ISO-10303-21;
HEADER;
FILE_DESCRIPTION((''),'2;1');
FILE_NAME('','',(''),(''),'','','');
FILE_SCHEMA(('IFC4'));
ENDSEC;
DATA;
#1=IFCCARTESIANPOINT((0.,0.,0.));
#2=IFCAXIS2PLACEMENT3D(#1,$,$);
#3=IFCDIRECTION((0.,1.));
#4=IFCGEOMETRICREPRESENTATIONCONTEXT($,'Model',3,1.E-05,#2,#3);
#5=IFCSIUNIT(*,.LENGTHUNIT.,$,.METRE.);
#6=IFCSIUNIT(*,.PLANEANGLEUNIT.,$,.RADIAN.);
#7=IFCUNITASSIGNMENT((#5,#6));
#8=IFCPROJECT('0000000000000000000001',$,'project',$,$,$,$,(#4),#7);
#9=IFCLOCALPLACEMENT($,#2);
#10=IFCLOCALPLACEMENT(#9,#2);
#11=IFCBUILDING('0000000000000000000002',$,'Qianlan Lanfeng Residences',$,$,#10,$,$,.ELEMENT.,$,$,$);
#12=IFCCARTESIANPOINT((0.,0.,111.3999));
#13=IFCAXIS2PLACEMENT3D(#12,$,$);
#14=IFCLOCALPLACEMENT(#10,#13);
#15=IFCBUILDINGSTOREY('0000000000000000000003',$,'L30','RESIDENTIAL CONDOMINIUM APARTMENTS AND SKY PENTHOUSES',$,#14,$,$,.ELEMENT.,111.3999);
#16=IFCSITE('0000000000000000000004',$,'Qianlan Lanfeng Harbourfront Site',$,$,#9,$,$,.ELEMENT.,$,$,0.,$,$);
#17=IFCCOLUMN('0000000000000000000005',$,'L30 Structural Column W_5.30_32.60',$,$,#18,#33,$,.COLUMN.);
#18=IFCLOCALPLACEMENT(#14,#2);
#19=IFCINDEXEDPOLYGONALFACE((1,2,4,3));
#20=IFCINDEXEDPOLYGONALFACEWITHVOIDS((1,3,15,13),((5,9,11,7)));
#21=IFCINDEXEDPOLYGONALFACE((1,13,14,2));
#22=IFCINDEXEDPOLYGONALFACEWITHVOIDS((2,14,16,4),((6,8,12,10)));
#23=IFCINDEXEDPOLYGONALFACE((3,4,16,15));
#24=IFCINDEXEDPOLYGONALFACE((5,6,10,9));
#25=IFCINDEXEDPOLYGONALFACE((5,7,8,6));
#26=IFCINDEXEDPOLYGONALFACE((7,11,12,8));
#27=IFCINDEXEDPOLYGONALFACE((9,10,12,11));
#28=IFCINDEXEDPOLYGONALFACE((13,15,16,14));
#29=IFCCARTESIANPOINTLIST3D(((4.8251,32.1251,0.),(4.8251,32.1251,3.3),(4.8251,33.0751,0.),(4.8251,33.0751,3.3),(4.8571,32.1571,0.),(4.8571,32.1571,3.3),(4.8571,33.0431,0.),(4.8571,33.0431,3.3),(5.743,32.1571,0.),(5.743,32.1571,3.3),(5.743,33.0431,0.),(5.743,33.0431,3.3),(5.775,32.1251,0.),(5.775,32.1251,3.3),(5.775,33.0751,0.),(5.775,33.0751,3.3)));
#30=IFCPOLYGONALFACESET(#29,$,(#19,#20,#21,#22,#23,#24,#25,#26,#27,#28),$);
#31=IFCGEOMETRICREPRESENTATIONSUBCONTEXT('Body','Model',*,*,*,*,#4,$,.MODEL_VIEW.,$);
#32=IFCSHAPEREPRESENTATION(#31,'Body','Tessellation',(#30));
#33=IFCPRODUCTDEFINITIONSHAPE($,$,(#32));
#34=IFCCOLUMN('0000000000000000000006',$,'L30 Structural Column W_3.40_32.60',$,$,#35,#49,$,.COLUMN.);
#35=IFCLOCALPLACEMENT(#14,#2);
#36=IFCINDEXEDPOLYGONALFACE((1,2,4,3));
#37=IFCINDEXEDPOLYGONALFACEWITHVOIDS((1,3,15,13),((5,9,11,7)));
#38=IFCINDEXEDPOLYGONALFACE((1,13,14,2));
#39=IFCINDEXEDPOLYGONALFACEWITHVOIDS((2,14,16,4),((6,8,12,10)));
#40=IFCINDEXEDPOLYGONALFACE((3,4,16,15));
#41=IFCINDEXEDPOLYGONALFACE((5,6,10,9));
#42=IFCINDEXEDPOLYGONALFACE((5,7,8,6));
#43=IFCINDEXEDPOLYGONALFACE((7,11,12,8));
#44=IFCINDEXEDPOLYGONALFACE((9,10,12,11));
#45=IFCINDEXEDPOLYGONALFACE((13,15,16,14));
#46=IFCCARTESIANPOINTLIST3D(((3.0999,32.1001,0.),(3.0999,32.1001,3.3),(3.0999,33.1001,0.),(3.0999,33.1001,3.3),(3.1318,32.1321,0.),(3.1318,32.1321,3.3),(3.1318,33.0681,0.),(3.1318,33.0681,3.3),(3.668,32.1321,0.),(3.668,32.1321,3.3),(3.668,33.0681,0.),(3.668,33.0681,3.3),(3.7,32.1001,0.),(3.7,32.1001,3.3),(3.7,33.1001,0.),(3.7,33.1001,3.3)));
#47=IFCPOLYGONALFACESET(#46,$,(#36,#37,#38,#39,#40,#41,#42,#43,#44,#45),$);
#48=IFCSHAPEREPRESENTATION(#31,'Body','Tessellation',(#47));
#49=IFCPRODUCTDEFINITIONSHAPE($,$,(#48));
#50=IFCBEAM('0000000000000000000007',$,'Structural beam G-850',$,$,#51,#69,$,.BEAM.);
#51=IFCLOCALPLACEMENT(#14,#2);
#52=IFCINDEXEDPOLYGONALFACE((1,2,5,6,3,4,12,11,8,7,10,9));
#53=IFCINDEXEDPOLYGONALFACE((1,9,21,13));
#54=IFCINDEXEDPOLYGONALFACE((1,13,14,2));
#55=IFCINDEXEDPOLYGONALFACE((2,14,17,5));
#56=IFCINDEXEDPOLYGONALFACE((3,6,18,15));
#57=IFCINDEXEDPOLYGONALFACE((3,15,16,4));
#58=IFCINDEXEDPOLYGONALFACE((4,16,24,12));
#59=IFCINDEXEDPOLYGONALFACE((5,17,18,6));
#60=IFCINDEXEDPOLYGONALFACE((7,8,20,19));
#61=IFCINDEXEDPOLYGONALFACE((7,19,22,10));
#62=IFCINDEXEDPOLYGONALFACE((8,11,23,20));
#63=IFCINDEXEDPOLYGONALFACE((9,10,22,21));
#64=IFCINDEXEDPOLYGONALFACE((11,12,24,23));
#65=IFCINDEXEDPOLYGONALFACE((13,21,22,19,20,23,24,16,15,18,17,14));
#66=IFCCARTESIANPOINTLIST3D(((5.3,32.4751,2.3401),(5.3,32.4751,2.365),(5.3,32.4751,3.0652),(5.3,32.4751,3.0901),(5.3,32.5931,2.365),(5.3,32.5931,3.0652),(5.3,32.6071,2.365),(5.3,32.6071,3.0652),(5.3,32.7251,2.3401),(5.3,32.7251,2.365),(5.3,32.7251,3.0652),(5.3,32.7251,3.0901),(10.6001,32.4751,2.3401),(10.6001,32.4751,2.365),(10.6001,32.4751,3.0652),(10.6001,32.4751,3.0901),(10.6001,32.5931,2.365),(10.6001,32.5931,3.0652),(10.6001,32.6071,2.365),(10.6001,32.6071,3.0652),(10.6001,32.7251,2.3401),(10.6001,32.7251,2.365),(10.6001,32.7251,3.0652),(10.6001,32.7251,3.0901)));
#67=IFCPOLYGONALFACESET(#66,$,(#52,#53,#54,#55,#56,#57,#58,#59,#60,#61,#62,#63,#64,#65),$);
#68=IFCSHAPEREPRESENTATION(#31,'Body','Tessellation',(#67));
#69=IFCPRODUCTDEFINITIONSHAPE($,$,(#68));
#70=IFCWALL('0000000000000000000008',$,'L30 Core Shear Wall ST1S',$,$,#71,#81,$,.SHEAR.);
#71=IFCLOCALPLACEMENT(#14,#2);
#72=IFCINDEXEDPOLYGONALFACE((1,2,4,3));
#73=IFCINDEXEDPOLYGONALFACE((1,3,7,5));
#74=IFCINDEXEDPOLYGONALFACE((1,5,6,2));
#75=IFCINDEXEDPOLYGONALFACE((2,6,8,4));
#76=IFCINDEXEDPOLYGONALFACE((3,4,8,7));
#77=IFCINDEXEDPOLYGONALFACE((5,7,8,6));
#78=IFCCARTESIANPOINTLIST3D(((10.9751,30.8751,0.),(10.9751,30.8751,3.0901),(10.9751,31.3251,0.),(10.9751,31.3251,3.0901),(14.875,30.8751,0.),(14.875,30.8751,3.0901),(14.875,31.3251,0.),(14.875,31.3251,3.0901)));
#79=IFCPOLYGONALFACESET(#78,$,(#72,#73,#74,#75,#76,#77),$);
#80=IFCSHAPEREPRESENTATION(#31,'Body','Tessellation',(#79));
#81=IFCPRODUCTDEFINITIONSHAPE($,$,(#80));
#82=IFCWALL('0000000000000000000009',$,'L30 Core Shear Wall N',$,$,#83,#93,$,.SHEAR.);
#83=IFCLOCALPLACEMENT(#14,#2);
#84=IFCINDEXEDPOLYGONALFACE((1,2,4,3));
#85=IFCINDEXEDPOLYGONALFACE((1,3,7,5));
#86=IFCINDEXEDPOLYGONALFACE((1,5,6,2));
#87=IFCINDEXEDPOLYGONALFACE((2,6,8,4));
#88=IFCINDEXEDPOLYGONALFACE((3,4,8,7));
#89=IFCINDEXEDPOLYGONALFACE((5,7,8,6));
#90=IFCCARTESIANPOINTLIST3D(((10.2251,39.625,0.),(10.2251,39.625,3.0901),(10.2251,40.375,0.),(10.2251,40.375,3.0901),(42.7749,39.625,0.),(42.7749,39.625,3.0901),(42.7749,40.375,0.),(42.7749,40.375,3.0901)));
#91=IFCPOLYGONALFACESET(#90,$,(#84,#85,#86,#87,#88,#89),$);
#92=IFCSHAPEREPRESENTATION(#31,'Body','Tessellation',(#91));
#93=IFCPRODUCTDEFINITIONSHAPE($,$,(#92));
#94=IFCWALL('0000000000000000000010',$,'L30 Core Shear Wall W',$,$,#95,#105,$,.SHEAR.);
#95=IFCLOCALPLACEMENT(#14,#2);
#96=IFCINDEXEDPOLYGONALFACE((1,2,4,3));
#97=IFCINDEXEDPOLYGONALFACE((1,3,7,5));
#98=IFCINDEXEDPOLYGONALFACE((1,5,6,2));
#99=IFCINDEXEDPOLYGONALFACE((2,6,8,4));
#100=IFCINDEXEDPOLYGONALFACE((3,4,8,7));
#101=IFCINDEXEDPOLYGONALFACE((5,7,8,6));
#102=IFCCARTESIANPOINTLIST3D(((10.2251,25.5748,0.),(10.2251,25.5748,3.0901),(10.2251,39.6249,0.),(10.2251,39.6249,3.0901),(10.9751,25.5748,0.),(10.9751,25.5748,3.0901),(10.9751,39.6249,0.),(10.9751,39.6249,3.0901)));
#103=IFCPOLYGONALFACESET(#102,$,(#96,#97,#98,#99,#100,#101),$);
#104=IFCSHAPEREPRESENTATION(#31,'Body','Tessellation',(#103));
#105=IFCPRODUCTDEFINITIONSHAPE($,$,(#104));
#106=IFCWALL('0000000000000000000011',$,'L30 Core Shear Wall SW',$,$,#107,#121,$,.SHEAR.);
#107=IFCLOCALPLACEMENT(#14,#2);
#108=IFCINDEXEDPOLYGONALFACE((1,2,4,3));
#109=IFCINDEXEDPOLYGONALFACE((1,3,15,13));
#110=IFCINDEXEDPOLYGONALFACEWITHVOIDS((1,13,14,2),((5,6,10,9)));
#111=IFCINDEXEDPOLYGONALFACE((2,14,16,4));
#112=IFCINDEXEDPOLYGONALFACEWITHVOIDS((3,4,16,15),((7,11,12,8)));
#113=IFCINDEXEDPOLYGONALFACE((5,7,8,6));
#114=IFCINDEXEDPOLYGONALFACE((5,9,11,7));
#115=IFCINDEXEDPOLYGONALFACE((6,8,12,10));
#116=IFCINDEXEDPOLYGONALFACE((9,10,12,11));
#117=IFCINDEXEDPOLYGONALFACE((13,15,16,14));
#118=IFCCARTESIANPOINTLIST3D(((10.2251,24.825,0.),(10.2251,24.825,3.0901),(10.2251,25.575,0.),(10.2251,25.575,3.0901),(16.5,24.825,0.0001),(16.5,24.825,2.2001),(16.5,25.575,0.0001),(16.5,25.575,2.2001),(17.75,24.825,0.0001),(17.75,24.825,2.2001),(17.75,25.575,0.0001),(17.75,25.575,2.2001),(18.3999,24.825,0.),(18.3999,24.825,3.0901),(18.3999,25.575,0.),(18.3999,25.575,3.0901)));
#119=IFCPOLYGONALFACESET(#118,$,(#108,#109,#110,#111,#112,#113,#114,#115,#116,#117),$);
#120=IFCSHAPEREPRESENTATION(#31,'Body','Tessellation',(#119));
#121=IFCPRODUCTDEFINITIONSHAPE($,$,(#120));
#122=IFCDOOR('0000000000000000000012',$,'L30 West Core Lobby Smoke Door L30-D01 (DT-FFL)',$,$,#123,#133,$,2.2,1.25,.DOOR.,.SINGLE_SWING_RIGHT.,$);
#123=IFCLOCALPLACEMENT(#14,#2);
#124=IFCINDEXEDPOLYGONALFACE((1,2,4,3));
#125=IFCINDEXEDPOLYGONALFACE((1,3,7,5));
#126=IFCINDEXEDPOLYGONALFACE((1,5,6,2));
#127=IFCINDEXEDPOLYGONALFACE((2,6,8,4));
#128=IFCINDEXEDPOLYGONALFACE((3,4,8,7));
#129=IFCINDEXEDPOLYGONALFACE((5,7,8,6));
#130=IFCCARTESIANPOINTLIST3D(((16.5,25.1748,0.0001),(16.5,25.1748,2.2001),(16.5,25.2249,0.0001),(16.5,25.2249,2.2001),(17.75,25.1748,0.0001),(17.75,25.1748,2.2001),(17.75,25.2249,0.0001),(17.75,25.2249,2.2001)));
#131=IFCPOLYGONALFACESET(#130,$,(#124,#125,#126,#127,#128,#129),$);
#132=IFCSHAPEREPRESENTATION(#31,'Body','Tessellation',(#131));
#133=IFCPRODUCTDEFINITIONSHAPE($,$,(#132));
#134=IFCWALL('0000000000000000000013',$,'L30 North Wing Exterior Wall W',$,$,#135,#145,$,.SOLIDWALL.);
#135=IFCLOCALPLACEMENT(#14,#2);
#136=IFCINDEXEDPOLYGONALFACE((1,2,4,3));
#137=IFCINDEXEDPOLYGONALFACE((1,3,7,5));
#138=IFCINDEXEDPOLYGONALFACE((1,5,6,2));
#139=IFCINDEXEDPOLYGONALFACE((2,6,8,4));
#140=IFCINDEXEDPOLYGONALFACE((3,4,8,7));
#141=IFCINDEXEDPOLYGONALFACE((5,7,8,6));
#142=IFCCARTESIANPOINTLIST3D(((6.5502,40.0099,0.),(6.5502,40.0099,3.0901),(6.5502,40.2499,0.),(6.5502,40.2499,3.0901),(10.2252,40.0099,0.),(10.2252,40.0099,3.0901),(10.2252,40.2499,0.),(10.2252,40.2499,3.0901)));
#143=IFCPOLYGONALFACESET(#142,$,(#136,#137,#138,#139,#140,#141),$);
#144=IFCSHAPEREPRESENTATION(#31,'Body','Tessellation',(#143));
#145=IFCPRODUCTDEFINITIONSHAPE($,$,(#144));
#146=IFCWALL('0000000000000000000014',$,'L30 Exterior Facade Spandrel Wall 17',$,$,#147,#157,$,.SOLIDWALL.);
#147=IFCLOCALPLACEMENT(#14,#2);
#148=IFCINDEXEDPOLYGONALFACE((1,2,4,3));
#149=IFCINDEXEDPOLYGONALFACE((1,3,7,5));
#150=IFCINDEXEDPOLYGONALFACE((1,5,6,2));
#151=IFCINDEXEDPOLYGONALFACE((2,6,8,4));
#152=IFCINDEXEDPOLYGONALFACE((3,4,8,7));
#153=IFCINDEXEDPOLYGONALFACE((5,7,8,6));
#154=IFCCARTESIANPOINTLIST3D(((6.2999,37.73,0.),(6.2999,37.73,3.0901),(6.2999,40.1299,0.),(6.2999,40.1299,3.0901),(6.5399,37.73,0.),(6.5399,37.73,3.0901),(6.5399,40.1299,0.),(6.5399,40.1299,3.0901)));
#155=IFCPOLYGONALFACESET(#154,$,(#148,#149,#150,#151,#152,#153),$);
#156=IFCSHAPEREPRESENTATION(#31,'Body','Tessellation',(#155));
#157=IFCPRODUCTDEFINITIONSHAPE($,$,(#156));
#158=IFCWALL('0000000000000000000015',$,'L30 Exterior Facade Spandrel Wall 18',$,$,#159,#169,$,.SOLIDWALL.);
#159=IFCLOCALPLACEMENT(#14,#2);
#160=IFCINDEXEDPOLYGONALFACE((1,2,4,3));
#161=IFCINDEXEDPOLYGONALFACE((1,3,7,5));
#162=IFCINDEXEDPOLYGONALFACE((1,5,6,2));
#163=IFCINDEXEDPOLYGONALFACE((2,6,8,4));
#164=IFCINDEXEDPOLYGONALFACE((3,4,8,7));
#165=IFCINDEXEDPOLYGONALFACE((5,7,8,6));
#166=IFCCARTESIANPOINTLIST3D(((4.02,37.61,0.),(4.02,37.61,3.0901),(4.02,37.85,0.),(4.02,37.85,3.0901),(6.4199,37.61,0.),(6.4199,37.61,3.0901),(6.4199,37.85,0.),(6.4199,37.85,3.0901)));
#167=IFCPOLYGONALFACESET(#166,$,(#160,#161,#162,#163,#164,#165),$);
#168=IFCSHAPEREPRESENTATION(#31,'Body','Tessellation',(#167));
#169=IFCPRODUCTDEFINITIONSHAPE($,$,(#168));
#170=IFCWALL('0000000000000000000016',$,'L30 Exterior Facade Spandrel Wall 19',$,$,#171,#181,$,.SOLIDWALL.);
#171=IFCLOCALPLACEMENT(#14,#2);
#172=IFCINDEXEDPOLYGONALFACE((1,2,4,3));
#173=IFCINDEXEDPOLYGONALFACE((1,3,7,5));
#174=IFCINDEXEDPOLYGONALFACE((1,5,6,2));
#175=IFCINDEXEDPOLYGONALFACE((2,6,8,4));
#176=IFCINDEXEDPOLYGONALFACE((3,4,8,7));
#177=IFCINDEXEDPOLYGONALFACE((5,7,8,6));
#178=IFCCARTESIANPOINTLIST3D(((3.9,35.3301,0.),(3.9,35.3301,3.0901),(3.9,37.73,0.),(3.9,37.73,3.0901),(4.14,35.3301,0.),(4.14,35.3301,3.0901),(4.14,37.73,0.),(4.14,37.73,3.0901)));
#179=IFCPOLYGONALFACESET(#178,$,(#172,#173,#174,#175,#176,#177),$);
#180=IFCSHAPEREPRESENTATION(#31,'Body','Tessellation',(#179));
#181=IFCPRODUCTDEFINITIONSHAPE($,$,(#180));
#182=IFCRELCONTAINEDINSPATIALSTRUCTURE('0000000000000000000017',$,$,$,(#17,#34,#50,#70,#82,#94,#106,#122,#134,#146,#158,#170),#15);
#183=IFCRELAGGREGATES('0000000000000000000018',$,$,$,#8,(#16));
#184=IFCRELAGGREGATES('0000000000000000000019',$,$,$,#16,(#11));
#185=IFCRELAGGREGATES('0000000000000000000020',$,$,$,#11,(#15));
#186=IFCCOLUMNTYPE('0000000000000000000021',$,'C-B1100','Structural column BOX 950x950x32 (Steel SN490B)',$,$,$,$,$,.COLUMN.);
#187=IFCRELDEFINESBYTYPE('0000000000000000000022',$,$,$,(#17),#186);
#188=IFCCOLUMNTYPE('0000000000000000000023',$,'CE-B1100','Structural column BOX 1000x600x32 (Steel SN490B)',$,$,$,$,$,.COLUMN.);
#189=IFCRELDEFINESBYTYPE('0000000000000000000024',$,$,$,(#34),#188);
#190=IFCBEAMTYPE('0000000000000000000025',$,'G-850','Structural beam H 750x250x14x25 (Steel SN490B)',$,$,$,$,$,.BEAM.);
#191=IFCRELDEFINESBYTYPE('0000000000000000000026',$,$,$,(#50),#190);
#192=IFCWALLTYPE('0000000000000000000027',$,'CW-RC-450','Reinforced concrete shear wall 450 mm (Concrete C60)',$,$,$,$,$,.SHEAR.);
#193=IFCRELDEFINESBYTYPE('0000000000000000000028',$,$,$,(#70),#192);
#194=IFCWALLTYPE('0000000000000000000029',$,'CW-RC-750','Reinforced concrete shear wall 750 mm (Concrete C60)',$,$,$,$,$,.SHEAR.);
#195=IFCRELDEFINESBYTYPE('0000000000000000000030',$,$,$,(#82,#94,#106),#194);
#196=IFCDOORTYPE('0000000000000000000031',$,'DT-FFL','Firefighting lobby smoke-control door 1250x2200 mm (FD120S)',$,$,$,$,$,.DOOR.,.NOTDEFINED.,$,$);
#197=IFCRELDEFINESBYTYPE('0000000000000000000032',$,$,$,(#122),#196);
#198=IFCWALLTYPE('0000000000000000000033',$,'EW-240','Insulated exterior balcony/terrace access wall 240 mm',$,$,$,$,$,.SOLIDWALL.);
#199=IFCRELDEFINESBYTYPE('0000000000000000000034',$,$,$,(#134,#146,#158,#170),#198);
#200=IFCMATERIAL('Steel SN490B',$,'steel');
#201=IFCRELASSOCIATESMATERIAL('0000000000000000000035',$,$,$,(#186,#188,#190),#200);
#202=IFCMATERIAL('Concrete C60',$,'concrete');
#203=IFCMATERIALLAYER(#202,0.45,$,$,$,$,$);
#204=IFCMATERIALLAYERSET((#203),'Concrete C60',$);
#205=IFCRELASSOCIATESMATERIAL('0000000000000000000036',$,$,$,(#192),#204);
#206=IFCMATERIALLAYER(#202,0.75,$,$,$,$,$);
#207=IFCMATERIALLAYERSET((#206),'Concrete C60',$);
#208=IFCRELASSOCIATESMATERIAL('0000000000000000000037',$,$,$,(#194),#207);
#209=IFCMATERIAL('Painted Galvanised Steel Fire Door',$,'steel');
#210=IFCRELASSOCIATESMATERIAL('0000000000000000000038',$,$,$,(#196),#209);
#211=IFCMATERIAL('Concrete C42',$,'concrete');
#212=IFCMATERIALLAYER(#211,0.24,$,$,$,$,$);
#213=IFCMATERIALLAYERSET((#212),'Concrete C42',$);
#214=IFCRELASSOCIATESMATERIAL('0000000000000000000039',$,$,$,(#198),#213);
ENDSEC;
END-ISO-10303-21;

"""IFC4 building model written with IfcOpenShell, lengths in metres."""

from ifc_helpers import new_model, si_unit, direction, frame, frame_2d, origin, origin_2d, place, context, subcontext, project, spatial, rectangle, hollow_rectangle, i_section, extrude, material, layer, layer_set, material_profile, profile_set, type_object, element, fill, save


model = new_model("IFC4")

# Units and contexts
model_context = context("Model", 3, precision=1e-05, world=origin(), true_north=direction((0.0, 1.0)))
body_context = subcontext(model_context, "Body", "Model", "MODEL_VIEW")
ifc_project = project(units=[si_unit("LENGTHUNIT", "METRE"), si_unit("PLANEANGLEUNIT", "RADIAN")], contexts=[model_context])

# Site, building, storey
site_placement = place(None, origin())
site = spatial("IfcSite", under=ifc_project, at=site_placement, Name="Qianlan Lanfeng Harbourfront Site", CompositionType="ELEMENT", RefElevation=0.0)
building_placement = place(site_placement, origin())
building = spatial("IfcBuilding", under=site, at=building_placement, Name="Qianlan Lanfeng Residences", CompositionType="ELEMENT")
storey_placement = place(building_placement, frame((0.0, 0.0, 111.3999)))
storey = spatial("IfcBuildingStorey", under=building, at=storey_placement, Name="L30", Description="RESIDENTIAL CONDOMINIUM APARTMENTS AND SKY PENTHOUSES", CompositionType="ELEMENT", Elevation=111.3999)

# Columns
ifc_material_1 = material(Name="Steel SN490B", Category="steel")
ifc_material_profile_1 = material_profile(ifc_material_1, hollow_rectangle(XDim=0.95, YDim=0.95, WallThickness=0.032, at=origin_2d()), Name="BOX 950x950x32")
ifc_profile_set_1 = profile_set([ifc_material_profile_1], Name="Steel SN490B")
column_type_1 = type_object("IfcColumnType", Name="C-B1100", Description="Structural column BOX 950x950x32 (Steel SN490B)", PredefinedType="COLUMN", material=ifc_profile_set_1)
column_1_placement = place(storey_placement, frame((5.3, 32.6001, 0.0), z_axis=(0.0, 0.0, 1.0), x_axis=(1.0, 0.0, 0.0)))
element("IfcColumn", 1, at=column_1_placement, inside=storey, type_object=column_type_1, Name="L30 Structural Column W_5.30_32.60", PredefinedType="COLUMN", context=body_context, shape_type="SweptSolid", body=[
    extrude(hollow_rectangle(XDim=0.95, YDim=0.95, WallThickness=0.032, at=origin_2d()), origin(), (0.0, 0.0, 1.0), 3.3),
])
ifc_material_profile_2 = material_profile(ifc_material_1, hollow_rectangle(XDim=0.6001, YDim=1.0, WallThickness=0.032, at=origin_2d()), Name="BOX 1000x600x32")
ifc_profile_set_2 = profile_set([ifc_material_profile_2], Name="Steel SN490B")
column_type_2 = type_object("IfcColumnType", Name="CE-B1100", Description="Structural column BOX 1000x600x32 (Steel SN490B)", PredefinedType="COLUMN", material=ifc_profile_set_2)
column_2_placement = place(storey_placement, frame((3.3999, 32.6001, 0.0), z_axis=(0.0, 0.0, 1.0), x_axis=(1.0, 0.0, 0.0)))
element("IfcColumn", 2, at=column_2_placement, inside=storey, type_object=column_type_2, Name="L30 Structural Column W_3.40_32.60", PredefinedType="COLUMN", context=body_context, shape_type="SweptSolid", body=[
    extrude(hollow_rectangle(XDim=0.6001, YDim=1.0, WallThickness=0.032, at=origin_2d()), origin(), (0.0, 0.0, 1.0), 3.3),
])

# Beam
ifc_material_profile_3 = material_profile(ifc_material_1, i_section(OverallWidth=0.25, OverallDepth=0.75, WebThickness=0.0139, FlangeThickness=0.0249, at=origin_2d()), Name="H 750x250x14x25")
ifc_profile_set_3 = profile_set([ifc_material_profile_3], Name="Steel SN490B")
beam_type = type_object("IfcBeamType", Name="G-850", Description="Structural beam H 750x250x14x25 (Steel SN490B)", PredefinedType="BEAM", material=ifc_profile_set_3)
beam_placement = place(storey_placement, frame((5.3, 32.6001, 2.7151), z_axis=(1.0, 0.0, 0.0), x_axis=(0.0, 1.0, 0.0)))
element("IfcBeam", 3, at=beam_placement, inside=storey, type_object=beam_type, Name="Structural beam G-850", PredefinedType="BEAM", context=body_context, shape_type="SweptSolid", body=[
    extrude(i_section(OverallWidth=0.25, OverallDepth=0.75, WebThickness=0.0139, FlangeThickness=0.0249, at=origin_2d()), origin(), (0.0, 0.0, 1.0), 5.3),
])

# Walls
ifc_material_2 = material(Name="Concrete C60", Category="concrete")
ifc_layer_1 = layer(ifc_material_2, 0.45)
ifc_layer_set_1 = layer_set([ifc_layer_1], Name="Concrete C60")
wall_type_1 = type_object("IfcWallType", Name="CW-RC-450", Description="Reinforced concrete shear wall 450 mm (Concrete C60)", PredefinedType="SHEAR", material=ifc_layer_set_1)
wall_1_placement = place(storey_placement, frame((10.9751, 31.1001, 0.0), z_axis=(0.0, 0.0, 1.0), x_axis=(1.0, 0.0, 0.0)))
element("IfcWall", 4, at=wall_1_placement, inside=storey, type_object=wall_type_1, Name="L30 Core Shear Wall ST1S", PredefinedType="SHEAR", context=body_context, shape_type="SweptSolid", body=[
    extrude(rectangle(XDim=3.8999, YDim=0.45, at=frame_2d((1.95, 0.0))), origin(), (0.0, 0.0, 1.0), 3.0901),
])
ifc_layer_2 = layer(ifc_material_2, 0.75)
ifc_layer_set_2 = layer_set([ifc_layer_2], Name="Concrete C60")
wall_type_2 = type_object("IfcWallType", Name="CW-RC-750", Description="Reinforced concrete shear wall 750 mm (Concrete C60)", PredefinedType="SHEAR", material=ifc_layer_set_2)
wall_2_placement = place(storey_placement, frame((10.2251, 40.0, 0.0), z_axis=(0.0, 0.0, 1.0), x_axis=(1.0, 0.0, 0.0)))
element("IfcWall", 5, at=wall_2_placement, inside=storey, type_object=wall_type_2, Name="L30 Core Shear Wall N", PredefinedType="SHEAR", context=body_context, shape_type="SweptSolid", body=[
    extrude(rectangle(XDim=32.5498, YDim=0.75, at=frame_2d((16.2749, 0.0))), origin(), (0.0, 0.0, 1.0), 3.0901),
])
wall_3_placement = place(storey_placement, frame((10.6001, 25.575, 0.0), z_axis=(0.0, 0.0, 1.0), x_axis=(0.0, 1.0, 0.0)))
element("IfcWall", 6, at=wall_3_placement, inside=storey, type_object=wall_type_2, Name="L30 Core Shear Wall W", PredefinedType="SHEAR", context=body_context, shape_type="SweptSolid", body=[
    extrude(rectangle(XDim=14.05, YDim=0.75, at=frame_2d((7.0249, 0.0))), origin(), (0.0, 0.0, 1.0), 3.0901),
])

# Wall, opening, door
wall_4_placement = place(storey_placement, frame((10.2251, 25.2, 0.0), z_axis=(0.0, 0.0, 1.0), x_axis=(1.0, 0.0, 0.0)))
wall_4 = element("IfcWall", 7, at=wall_4_placement, inside=storey, type_object=wall_type_2, Name="L30 Core Shear Wall SW", PredefinedType="SHEAR", context=body_context, shape_type="SweptSolid", body=[
    extrude(rectangle(XDim=8.1748, YDim=0.75, at=frame_2d((4.0874, 0.0))), origin(), (0.0, 0.0, 1.0), 3.0901),
])
opening_1_placement = place(wall_4_placement, frame((6.2749, 0.0, 0.0)))
opening_1 = element("IfcOpeningElement", 8, at=opening_1_placement, cuts=wall_4, PredefinedType="OPENING", context=body_context, shape_type="SweptSolid", body=[
    extrude(rectangle(XDim=1.25, YDim=2.2, at=frame_2d((0.625, 1.1001))), frame((0.0, 0.385, 0.0), z_axis=(0.0, -1.0, 0.0), x_axis=(1.0, 0.0, 0.0)), (0.0, 0.0, 1.0), 0.77),
])
ifc_material_3 = material(Name="Painted Galvanised Steel Fire Door", Category="steel")
door_type_1 = type_object("IfcDoorType", Name="DT-FFL", Description="Firefighting lobby smoke-control door 1250x2200 mm (FD120S)", OperationType="NOTDEFINED", PredefinedType="DOOR", material=ifc_material_3)
door_1_placement = place(opening_1_placement, origin())
door_1 = element("IfcDoor", 9, at=door_1_placement, inside=storey, type_object=door_type_1, Name="L30 West Core Lobby Smoke Door L30-D01 (DT-FFL)", OperationType="SINGLE_SWING_RIGHT", OverallHeight=2.2, OverallWidth=1.25, PredefinedType="DOOR", context=body_context, shape_type="SweptSolid", body=[
    extrude(rectangle(XDim=1.25, YDim=2.2, at=frame_2d((0.625, 1.1001))), frame((0.0, 0.0249, 0.0), z_axis=(0.0, -1.0, 0.0), x_axis=(1.0, 0.0, 0.0)), (0.0, 0.0, 1.0), 0.05),
])
fill(opening_1, door_1)

# Walls
ifc_material_4 = material(Name="Concrete C42", Category="concrete")
ifc_layer_3 = layer(ifc_material_4, 0.24)
ifc_layer_set_3 = layer_set([ifc_layer_3], Name="Concrete C42")
wall_type_3 = type_object("IfcWallType", Name="EW-240", Description="Insulated exterior balcony/terrace access wall 240 mm", PredefinedType="SOLIDWALL", material=ifc_layer_set_3)
wall_5_placement = place(storey_placement, frame((10.2251, 40.1299, 0.0), z_axis=(0.0, 0.0, 1.0), x_axis=(-1.0, 0.0, 0.0)))
element("IfcWall", 10, at=wall_5_placement, inside=storey, type_object=wall_type_3, Name="L30 North Wing Exterior Wall W", PredefinedType="SOLIDWALL", context=body_context, shape_type="SweptSolid", body=[
    extrude(rectangle(XDim=3.675, YDim=0.24, at=frame_2d((1.8374, 0.0))), origin(), (0.0, 0.0, 1.0), 3.0901),
])
for number, where, z_axis, x_axis, name in (
    (11, (6.4199, 40.1299, 0.0), (0.0, 0.0, 1.0), (0.0, -1.0, 0.0), "L30 Exterior Facade Spandrel Wall 17"),
    (12, (6.4199, 37.73, 0.0), (0.0, 0.0, 1.0), (-1.0, 0.0, 0.0), "L30 Exterior Facade Spandrel Wall 18"),
    (13, (4.02, 37.73, 0.0), (0.0, 0.0, 1.0), (0.0, -1.0, 0.0), "L30 Exterior Facade Spandrel Wall 19"),
):
    element("IfcWall", number, at=place(storey_placement, frame(where, z_axis=z_axis, x_axis=x_axis)), inside=storey, type_object=wall_type_3, Name=name, PredefinedType="SOLIDWALL", context=body_context, shape_type="SweptSolid", body=[
        extrude(rectangle(XDim=2.3999, YDim=0.24, at=frame_2d((1.2, 0.0))), origin(), (0.0, 0.0, 1.0), 3.0901),
    ])

save(model, "model.ifc")
